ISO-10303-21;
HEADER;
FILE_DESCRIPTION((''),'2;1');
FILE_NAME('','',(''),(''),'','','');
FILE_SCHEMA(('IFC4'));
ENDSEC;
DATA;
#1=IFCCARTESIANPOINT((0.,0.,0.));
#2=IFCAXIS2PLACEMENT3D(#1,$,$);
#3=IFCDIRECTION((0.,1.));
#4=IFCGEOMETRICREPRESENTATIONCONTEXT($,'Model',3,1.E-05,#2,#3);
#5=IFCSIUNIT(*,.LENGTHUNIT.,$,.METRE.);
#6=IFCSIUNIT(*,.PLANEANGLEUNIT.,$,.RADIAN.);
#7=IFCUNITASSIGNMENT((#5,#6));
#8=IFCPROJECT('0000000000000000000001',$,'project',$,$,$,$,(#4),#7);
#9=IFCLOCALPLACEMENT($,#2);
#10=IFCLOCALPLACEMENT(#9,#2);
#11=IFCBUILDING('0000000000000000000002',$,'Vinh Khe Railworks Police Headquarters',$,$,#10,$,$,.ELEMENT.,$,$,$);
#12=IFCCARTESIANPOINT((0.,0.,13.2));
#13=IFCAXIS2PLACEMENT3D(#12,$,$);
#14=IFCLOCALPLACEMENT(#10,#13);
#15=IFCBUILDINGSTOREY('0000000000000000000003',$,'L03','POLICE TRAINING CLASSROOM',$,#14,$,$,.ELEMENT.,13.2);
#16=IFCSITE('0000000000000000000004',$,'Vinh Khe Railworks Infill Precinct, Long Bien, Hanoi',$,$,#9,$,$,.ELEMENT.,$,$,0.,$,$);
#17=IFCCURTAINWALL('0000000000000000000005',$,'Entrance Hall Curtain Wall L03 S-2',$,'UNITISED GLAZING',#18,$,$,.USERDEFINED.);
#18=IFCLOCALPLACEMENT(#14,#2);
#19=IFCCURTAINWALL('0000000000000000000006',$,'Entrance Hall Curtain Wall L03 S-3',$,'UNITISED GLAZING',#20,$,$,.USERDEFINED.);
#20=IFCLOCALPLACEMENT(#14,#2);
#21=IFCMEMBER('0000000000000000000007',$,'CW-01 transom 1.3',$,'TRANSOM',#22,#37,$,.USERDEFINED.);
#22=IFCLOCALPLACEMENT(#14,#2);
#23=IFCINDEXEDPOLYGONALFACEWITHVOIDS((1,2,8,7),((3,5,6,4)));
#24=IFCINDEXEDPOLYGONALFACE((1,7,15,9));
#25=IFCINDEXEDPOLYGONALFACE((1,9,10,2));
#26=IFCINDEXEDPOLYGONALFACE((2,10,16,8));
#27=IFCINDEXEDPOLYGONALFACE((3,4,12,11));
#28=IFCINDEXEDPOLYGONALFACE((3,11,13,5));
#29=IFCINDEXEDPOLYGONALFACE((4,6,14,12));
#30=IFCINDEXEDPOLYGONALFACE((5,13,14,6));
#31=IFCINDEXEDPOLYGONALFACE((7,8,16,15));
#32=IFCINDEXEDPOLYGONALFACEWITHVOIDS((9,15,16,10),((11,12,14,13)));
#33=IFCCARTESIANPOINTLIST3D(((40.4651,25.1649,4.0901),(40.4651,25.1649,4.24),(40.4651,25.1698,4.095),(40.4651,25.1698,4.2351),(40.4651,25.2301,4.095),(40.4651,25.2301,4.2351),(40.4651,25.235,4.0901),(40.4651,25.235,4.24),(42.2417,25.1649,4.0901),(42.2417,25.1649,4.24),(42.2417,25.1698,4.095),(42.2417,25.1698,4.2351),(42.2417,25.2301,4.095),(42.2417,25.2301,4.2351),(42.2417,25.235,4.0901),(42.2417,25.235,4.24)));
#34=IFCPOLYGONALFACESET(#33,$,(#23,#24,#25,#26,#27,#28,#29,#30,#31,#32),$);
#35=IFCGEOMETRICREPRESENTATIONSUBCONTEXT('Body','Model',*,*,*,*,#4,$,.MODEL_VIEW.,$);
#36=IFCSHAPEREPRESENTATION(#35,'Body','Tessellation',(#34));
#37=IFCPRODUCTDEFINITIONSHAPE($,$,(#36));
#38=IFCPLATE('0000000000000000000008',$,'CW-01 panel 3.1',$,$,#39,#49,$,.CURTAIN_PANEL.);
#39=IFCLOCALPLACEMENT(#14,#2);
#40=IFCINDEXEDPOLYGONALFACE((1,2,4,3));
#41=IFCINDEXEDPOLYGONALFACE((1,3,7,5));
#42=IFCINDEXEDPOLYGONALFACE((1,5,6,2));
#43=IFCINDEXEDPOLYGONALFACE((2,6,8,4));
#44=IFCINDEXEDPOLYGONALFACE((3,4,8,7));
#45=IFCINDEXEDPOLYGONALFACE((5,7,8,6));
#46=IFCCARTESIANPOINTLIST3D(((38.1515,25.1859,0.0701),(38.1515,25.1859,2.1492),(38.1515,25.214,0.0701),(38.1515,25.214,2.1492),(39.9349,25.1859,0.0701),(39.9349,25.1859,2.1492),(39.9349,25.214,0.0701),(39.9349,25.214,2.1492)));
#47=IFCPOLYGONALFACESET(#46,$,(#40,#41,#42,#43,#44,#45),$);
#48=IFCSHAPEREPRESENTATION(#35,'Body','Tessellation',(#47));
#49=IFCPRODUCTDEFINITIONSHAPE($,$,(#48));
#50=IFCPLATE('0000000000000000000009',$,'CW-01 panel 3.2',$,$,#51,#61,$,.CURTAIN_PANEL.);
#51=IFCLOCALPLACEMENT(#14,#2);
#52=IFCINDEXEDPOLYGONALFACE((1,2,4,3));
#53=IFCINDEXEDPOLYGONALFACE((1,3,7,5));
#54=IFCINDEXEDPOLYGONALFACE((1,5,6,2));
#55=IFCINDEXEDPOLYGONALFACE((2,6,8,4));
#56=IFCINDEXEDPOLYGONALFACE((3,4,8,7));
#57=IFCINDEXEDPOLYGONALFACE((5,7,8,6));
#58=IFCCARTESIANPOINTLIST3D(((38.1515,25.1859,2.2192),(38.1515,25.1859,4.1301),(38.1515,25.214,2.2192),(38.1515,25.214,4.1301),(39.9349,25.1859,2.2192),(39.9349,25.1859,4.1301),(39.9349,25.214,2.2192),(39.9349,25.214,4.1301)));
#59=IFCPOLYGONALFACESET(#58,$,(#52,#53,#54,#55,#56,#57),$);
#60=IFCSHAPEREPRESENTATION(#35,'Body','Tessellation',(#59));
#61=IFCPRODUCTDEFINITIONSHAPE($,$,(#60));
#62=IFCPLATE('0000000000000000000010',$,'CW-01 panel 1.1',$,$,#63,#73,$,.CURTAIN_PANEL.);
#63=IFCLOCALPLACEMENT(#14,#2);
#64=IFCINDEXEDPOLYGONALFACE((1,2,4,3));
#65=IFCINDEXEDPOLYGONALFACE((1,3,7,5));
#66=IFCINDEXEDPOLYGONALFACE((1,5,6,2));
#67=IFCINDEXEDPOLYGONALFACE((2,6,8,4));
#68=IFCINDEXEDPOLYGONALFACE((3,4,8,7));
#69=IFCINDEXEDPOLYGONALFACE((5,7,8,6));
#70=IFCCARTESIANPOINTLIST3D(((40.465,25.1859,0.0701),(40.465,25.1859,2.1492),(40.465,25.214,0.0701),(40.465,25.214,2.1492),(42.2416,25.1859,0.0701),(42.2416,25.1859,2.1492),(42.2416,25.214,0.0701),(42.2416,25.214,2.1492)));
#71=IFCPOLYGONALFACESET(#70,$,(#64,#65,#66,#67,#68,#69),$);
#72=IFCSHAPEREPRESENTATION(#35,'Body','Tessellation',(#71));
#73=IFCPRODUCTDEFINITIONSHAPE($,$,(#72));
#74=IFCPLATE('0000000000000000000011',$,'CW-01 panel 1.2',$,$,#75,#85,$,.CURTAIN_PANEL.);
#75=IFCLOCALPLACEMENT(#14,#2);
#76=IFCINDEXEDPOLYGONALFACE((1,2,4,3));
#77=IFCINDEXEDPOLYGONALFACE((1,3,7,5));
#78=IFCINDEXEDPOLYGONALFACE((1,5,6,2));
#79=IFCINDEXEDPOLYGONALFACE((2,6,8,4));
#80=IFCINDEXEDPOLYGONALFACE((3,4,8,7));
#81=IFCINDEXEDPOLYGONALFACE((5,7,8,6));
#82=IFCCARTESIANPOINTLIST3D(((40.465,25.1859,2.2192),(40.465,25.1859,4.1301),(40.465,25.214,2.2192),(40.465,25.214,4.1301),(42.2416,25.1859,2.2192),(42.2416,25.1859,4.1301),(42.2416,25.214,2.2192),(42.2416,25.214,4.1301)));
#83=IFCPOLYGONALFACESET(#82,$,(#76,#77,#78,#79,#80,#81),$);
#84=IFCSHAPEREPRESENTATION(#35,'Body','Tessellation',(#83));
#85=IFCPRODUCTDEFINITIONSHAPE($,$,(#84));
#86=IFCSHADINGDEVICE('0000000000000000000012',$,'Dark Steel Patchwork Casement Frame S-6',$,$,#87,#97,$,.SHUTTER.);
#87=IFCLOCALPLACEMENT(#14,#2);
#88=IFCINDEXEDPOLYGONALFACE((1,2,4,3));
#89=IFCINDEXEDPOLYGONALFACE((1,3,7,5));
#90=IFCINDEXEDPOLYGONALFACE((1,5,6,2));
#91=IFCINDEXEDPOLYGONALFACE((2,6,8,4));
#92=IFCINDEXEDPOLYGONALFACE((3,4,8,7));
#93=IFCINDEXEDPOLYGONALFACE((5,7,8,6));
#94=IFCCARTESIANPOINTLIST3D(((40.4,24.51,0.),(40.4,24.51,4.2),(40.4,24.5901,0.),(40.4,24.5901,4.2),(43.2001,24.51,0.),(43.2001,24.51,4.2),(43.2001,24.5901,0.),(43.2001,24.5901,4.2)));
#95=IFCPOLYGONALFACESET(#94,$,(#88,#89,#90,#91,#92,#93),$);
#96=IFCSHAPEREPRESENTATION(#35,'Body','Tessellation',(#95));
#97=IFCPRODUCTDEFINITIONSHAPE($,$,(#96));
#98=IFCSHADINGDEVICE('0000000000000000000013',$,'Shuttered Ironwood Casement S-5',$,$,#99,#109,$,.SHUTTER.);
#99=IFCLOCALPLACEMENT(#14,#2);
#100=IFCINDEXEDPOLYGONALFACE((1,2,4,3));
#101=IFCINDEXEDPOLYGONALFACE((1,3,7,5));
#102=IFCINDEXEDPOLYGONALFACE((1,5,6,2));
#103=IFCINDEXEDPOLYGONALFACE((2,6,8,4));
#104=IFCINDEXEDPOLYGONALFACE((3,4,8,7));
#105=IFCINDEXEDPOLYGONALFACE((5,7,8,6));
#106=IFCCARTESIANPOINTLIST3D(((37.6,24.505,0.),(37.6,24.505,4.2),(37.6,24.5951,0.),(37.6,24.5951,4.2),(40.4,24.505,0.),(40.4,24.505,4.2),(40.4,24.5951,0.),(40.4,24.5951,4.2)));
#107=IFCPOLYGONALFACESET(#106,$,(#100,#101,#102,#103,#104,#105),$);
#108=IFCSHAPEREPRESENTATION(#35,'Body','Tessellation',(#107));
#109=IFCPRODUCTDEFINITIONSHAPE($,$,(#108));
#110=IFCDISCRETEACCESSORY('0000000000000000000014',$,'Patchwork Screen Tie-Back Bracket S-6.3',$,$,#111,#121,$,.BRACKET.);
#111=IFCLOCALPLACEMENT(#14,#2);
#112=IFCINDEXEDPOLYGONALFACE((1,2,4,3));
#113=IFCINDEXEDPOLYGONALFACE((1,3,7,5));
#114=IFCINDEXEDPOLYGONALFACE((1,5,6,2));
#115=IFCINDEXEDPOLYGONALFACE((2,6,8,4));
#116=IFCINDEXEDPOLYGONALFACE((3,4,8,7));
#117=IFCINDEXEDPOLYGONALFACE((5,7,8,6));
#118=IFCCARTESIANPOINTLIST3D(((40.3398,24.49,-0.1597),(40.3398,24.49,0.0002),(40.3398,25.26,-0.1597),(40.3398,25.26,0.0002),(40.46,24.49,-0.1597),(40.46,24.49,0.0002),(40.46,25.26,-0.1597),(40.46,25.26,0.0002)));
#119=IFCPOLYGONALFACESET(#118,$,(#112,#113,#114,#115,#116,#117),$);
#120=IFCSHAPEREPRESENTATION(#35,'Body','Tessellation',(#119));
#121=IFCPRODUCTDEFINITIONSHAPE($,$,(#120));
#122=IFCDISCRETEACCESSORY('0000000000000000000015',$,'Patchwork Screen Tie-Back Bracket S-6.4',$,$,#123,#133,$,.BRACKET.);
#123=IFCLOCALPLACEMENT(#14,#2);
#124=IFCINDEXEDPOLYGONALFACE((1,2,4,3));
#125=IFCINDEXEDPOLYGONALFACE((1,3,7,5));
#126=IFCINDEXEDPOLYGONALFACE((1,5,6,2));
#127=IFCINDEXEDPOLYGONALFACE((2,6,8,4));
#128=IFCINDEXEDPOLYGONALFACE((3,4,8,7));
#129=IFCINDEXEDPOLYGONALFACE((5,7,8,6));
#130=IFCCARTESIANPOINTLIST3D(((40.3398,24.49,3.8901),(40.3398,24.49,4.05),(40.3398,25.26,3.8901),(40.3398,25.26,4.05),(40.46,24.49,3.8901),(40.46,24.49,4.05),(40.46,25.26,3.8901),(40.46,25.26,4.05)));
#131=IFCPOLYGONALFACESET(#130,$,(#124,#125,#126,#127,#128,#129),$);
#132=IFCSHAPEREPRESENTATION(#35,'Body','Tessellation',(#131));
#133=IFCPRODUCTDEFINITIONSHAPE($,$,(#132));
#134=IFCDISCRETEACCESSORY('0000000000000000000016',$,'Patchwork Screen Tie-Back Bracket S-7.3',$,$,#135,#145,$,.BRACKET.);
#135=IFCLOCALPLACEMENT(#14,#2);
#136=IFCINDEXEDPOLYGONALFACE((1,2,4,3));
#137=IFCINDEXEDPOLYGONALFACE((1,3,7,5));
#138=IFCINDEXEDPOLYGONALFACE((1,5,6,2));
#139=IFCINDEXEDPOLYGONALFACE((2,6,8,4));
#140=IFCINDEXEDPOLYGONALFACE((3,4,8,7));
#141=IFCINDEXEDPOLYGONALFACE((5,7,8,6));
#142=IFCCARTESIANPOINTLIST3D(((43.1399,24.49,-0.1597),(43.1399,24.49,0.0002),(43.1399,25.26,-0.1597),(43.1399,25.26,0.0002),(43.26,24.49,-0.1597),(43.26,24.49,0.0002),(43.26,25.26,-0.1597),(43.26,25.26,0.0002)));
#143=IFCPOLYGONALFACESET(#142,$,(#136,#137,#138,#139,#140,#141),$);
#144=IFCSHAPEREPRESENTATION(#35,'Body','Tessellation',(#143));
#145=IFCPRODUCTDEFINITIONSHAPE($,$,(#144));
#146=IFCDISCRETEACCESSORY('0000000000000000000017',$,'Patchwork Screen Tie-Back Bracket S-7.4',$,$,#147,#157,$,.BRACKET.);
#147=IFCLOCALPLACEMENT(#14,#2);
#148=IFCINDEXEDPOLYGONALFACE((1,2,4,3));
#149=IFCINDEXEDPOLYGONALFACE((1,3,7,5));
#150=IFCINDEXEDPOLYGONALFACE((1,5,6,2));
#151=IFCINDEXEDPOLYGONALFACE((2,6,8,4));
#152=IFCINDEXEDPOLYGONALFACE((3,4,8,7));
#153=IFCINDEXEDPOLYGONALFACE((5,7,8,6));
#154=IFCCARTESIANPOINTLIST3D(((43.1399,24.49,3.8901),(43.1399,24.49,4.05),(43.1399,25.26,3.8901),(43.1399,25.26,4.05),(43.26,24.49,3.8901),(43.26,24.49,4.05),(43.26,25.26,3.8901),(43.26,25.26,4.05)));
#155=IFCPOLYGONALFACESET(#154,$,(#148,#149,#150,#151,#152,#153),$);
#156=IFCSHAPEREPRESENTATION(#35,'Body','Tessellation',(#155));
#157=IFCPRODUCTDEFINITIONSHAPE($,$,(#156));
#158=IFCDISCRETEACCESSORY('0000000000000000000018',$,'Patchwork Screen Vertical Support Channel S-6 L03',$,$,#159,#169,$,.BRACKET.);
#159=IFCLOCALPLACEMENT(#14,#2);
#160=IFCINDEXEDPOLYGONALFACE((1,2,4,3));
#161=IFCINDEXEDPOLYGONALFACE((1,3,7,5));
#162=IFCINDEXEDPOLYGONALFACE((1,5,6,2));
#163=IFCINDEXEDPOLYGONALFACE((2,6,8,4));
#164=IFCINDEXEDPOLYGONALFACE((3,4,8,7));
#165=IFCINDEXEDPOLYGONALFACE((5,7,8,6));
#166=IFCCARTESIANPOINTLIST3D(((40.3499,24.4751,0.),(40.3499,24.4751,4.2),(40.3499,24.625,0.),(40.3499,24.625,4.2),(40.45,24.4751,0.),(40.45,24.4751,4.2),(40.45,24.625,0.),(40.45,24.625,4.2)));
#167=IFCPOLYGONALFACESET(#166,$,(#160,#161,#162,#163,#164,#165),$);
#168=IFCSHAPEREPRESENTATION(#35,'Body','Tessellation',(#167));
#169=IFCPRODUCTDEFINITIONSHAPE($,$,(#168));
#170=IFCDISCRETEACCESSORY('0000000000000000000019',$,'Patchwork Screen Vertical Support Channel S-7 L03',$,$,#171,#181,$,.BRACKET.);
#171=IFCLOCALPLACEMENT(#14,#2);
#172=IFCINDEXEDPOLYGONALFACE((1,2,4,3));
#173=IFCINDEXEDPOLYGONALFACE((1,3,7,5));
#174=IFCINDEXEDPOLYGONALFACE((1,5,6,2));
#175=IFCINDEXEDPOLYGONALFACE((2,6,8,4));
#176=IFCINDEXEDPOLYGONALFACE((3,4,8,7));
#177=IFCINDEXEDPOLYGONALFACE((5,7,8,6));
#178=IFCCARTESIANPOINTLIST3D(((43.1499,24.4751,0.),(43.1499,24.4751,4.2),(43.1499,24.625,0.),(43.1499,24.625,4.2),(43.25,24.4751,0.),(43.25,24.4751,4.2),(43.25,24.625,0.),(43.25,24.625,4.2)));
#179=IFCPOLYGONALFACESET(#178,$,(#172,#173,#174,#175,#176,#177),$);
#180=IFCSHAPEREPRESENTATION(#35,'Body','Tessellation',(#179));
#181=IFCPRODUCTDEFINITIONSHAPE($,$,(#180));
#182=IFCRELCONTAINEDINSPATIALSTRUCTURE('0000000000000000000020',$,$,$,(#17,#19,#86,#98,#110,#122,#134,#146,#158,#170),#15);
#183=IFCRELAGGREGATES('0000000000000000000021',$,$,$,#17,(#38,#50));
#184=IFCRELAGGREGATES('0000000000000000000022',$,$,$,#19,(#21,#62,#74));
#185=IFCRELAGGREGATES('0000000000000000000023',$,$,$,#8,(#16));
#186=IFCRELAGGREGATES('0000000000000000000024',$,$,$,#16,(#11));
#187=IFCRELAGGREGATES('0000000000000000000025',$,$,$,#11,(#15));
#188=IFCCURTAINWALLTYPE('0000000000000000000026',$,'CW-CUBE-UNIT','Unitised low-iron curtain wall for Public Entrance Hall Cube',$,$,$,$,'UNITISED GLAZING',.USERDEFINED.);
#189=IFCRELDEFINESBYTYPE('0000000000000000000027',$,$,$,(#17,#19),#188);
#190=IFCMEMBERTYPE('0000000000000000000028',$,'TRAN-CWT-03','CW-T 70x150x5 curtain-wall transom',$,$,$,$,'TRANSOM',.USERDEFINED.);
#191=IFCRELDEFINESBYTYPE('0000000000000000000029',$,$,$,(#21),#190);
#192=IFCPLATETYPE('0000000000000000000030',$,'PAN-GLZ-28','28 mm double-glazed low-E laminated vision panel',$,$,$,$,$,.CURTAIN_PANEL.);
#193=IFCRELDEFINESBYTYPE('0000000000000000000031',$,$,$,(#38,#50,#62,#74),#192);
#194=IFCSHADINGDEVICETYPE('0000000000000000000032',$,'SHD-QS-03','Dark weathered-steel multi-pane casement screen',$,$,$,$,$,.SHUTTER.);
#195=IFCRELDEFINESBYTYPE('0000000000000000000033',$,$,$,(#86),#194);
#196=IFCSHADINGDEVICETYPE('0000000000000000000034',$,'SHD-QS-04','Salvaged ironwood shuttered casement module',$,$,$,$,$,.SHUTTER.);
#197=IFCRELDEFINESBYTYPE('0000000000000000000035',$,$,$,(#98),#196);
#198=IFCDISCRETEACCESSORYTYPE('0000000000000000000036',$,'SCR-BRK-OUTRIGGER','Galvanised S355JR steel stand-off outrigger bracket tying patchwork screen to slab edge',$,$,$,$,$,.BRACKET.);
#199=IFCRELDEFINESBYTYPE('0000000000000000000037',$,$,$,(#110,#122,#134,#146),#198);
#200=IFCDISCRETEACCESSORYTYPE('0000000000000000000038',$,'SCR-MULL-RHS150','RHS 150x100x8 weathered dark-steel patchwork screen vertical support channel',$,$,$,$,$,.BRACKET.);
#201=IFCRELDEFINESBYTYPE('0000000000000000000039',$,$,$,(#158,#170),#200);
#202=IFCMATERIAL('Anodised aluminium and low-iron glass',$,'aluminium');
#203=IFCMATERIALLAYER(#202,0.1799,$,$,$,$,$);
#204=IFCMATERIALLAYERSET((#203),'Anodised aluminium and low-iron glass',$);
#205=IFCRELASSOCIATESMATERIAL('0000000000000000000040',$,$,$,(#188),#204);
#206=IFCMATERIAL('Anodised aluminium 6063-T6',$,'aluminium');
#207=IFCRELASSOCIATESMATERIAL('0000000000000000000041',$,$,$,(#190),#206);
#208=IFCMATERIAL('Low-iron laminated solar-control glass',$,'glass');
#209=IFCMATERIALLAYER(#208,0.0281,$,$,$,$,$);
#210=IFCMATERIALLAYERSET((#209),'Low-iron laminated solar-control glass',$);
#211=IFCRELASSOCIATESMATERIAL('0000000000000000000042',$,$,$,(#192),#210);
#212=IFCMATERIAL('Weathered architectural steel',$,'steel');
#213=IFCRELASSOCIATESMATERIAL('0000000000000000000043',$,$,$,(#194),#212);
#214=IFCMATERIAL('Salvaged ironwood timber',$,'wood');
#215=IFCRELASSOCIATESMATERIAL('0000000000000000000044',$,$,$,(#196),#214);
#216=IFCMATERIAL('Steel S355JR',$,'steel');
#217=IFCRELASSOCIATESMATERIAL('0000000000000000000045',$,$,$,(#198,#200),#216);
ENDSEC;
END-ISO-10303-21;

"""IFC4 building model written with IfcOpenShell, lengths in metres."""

from ifc_helpers import new_model, si_unit, direction, frame, origin, origin_2d, place, context, subcontext, project, spatial, rectangle, hollow_rectangle, extrude, material, layer, layer_set, material_profile, profile_set, type_object, element, aggregate, save


model = new_model("IFC4")

# Units and contexts
model_context = context("Model", 3, precision=1e-05, world=origin(), true_north=direction((0.0, 1.0)))
body_context = subcontext(model_context, "Body", "Model", "MODEL_VIEW")
ifc_project = project(units=[si_unit("LENGTHUNIT", "METRE"), si_unit("PLANEANGLEUNIT", "RADIAN")], contexts=[model_context])

# Site, building, storey
site_placement = place(None, origin())
site = spatial("IfcSite", under=ifc_project, at=site_placement, Name="Vinh Khe Railworks Infill Precinct, Long Bien, Hanoi", CompositionType="ELEMENT", RefElevation=0.0)
building_placement = place(site_placement, origin())
building = spatial("IfcBuilding", under=site, at=building_placement, Name="Vinh Khe Railworks Police Headquarters", CompositionType="ELEMENT")
storey_placement = place(building_placement, frame((0.0, 0.0, 13.2)))
storey = spatial("IfcBuildingStorey", under=building, at=storey_placement, Name="L03", Description="POLICE TRAINING CLASSROOM", CompositionType="ELEMENT", Elevation=13.2)

# Shared definitions
ifc_material_1 = material(Name="Steel S355JR", Category="steel")

# Shared definitions
ifc_material_2 = material(Name="Salvaged ironwood timber", Category="wood")

# Curtain walls
ifc_material_3 = material(Name="Anodised aluminium and low-iron glass", Category="aluminium")
ifc_layer_1 = layer(ifc_material_3, 0.1799)
ifc_layer_set_1 = layer_set([ifc_layer_1], Name="Anodised aluminium and low-iron glass")
curtain_wall_type = type_object("IfcCurtainWallType", Name="CW-CUBE-UNIT", Description="Unitised low-iron curtain wall for Public Entrance Hall Cube", ElementType="UNITISED GLAZING", PredefinedType="USERDEFINED", material=ifc_layer_set_1)
curtain_wall_1_placement = place(storey_placement, origin())
curtain_wall_1 = element("IfcCurtainWall", 1, at=curtain_wall_1_placement, inside=storey, type_object=curtain_wall_type, Name="Entrance Hall Curtain Wall L03 S-2", ObjectType="UNITISED GLAZING", PredefinedType="USERDEFINED")
ifc_material_4 = material(Name="Anodised aluminium 6063-T6", Category="aluminium")
curtain_wall_2_placement = place(storey_placement, origin())
curtain_wall_2 = element("IfcCurtainWall", 2, at=curtain_wall_2_placement, inside=storey, type_object=curtain_wall_type, Name="Entrance Hall Curtain Wall L03 S-3", ObjectType="UNITISED GLAZING", PredefinedType="USERDEFINED")

# Member
ifc_material_profile_1 = material_profile(ifc_material_4, hollow_rectangle(XDim=0.0701, YDim=0.1499, WallThickness=0.0049, at=origin_2d()), Name="CW-T 70x150x5")
ifc_profile_set_1 = profile_set([ifc_material_profile_1], Name="Anodised aluminium 6063-T6")
member_type_1 = type_object("IfcMemberType", Name="TRAN-CWT-03", Description="CW-T 70x150x5 curtain-wall transom", ElementType="TRANSOM", PredefinedType="USERDEFINED", material=ifc_profile_set_1)
member_1_placement = place(storey_placement, frame((40.4651, 25.2, 4.165), z_axis=(1.0, 0.0, 0.0), x_axis=(0.0, 1.0, 0.0)))
member_1 = element("IfcMember", 3, at=member_1_placement, type_object=member_type_1, Name="CW-01 transom 1.3", ObjectType="TRANSOM", PredefinedType="USERDEFINED", context=body_context, shape_type="SweptSolid", body=[
    extrude(hollow_rectangle(XDim=0.0701, YDim=0.1499, WallThickness=0.0049, at=origin_2d()), origin(), (0.0, 0.0, 1.0), 1.7766),
])

# Plates
ifc_material_5 = material(Name="Low-iron laminated solar-control glass", Category="glass")
ifc_layer_2 = layer(ifc_material_5, 0.0281)
ifc_layer_set_2 = layer_set([ifc_layer_2], Name="Low-iron laminated solar-control glass")
plate_type = type_object("IfcPlateType", Name="PAN-GLZ-28", Description="28 mm double-glazed low-E laminated vision panel", PredefinedType="CURTAIN_PANEL", material=ifc_layer_set_2)
plate_1_placement = place(storey_placement, frame((39.0432, 25.2, 0.0701), z_axis=(0.0, 0.0, 1.0), x_axis=(1.0, 0.0, 0.0)))
plate_1 = element("IfcPlate", 4, at=plate_1_placement, type_object=plate_type, Name="CW-01 panel 3.1", PredefinedType="CURTAIN_PANEL", context=body_context, shape_type="SweptSolid", body=[
    extrude(rectangle(XDim=1.7834, YDim=0.0281, at=origin_2d()), origin(), (0.0, 0.0, 1.0), 2.0791),
])
plate_2_placement = place(storey_placement, frame((39.0432, 25.2, 2.2192), z_axis=(0.0, 0.0, 1.0), x_axis=(1.0, 0.0, 0.0)))
plate_2 = element("IfcPlate", 5, at=plate_2_placement, type_object=plate_type, Name="CW-01 panel 3.2", PredefinedType="CURTAIN_PANEL", context=body_context, shape_type="SweptSolid", body=[
    extrude(rectangle(XDim=1.7834, YDim=0.0281, at=origin_2d()), origin(), (0.0, 0.0, 1.0), 1.9109),
])
aggregate(curtain_wall_1, [plate_1, plate_2])
plate_3_placement = place(storey_placement, frame((41.3533, 25.2, 0.0701), z_axis=(0.0, 0.0, 1.0), x_axis=(1.0, 0.0, 0.0)))
plate_3 = element("IfcPlate", 6, at=plate_3_placement, type_object=plate_type, Name="CW-01 panel 1.1", PredefinedType="CURTAIN_PANEL", context=body_context, shape_type="SweptSolid", body=[
    extrude(rectangle(XDim=1.7766, YDim=0.0281, at=origin_2d()), origin(), (0.0, 0.0, 1.0), 2.0791),
])
plate_4_placement = place(storey_placement, frame((41.3533, 25.2, 2.2192), z_axis=(0.0, 0.0, 1.0), x_axis=(1.0, 0.0, 0.0)))
plate_4 = element("IfcPlate", 7, at=plate_4_placement, type_object=plate_type, Name="CW-01 panel 1.2", PredefinedType="CURTAIN_PANEL", context=body_context, shape_type="SweptSolid", body=[
    extrude(rectangle(XDim=1.7766, YDim=0.0281, at=origin_2d()), origin(), (0.0, 0.0, 1.0), 1.9109),
])
aggregate(curtain_wall_2, [member_1, plate_3, plate_4])

# Shading devices
ifc_material_6 = material(Name="Weathered architectural steel", Category="steel")
shading_device_type_1 = type_object("IfcShadingDeviceType", Name="SHD-QS-03", Description="Dark weathered-steel multi-pane casement screen", PredefinedType="SHUTTER", material=ifc_material_6)
shading_device_1_placement = place(storey_placement, frame((41.8, 24.55, 0.0), z_axis=(0.0, 0.0, 1.0), x_axis=(1.0, 0.0, 0.0)))
element("IfcShadingDevice", 8, at=shading_device_1_placement, inside=storey, type_object=shading_device_type_1, Name="Dark Steel Patchwork Casement Frame S-6", PredefinedType="SHUTTER", context=body_context, shape_type="SweptSolid", body=[
    extrude(rectangle(XDim=2.8, YDim=0.0801, at=origin_2d()), origin(), (0.0, 0.0, 1.0), 4.2),
])
shading_device_type_2 = type_object("IfcShadingDeviceType", Name="SHD-QS-04", Description="Salvaged ironwood shuttered casement module", PredefinedType="SHUTTER", material=ifc_material_2)
shading_device_2_placement = place(storey_placement, frame((39.0, 24.55, 0.0), z_axis=(0.0, 0.0, 1.0), x_axis=(1.0, 0.0, 0.0)))
element("IfcShadingDevice", 9, at=shading_device_2_placement, inside=storey, type_object=shading_device_type_2, Name="Shuttered Ironwood Casement S-5", PredefinedType="SHUTTER", context=body_context, shape_type="SweptSolid", body=[
    extrude(rectangle(XDim=2.8, YDim=0.0901, at=origin_2d()), origin(), (0.0, 0.0, 1.0), 4.2),
])

# Discrete accessories
discrete_accessory_type_1 = type_object("IfcDiscreteAccessoryType", Name="SCR-BRK-OUTRIGGER", Description="Galvanised S355JR steel stand-off outrigger bracket tying patchwork screen to slab edge", PredefinedType="BRACKET", material=ifc_material_1)
for number, where, z_axis, x_axis, name in (
    (10, (40.3999, 24.875, -0.1597), (0.0, 0.0, 1.0), (1.0, 0.0, 0.0), "Patchwork Screen Tie-Back Bracket S-6.3"),
    (11, (40.3999, 24.875, 3.8901), (0.0, 0.0, 1.0), (1.0, 0.0, 0.0), "Patchwork Screen Tie-Back Bracket S-6.4"),
    (12, (43.2, 24.875, -0.1597), (0.0, 0.0, 1.0), (1.0, 0.0, 0.0), "Patchwork Screen Tie-Back Bracket S-7.3"),
    (13, (43.2, 24.875, 3.8901), (0.0, 0.0, 1.0), (1.0, 0.0, 0.0), "Patchwork Screen Tie-Back Bracket S-7.4"),
):
    element("IfcDiscreteAccessory", number, at=place(storey_placement, frame(where, z_axis=z_axis, x_axis=x_axis)), inside=storey, type_object=discrete_accessory_type_1, Name=name, PredefinedType="BRACKET", context=body_context, shape_type="SweptSolid", body=[
        extrude(rectangle(XDim=0.1201, YDim=0.77, at=origin_2d()), origin(), (0.0, 0.0, 1.0), 0.1599),
    ])
discrete_accessory_type_2 = type_object("IfcDiscreteAccessoryType", Name="SCR-MULL-RHS150", Description="RHS 150x100x8 weathered dark-steel patchwork screen vertical support channel", PredefinedType="BRACKET", material=ifc_material_1)
for number, where, z_axis, x_axis, name in (
    (14, (40.3999, 24.55, 0.0), (0.0, 0.0, 1.0), (1.0, 0.0, 0.0), "Patchwork Screen Vertical Support Channel S-6 L03"),
    (15, (43.2, 24.55, 0.0), (0.0, 0.0, 1.0), (1.0, 0.0, 0.0), "Patchwork Screen Vertical Support Channel S-7 L03"),
):
    element("IfcDiscreteAccessory", number, at=place(storey_placement, frame(where, z_axis=z_axis, x_axis=x_axis)), inside=storey, type_object=discrete_accessory_type_2, Name=name, PredefinedType="BRACKET", context=body_context, shape_type="SweptSolid", body=[
        extrude(rectangle(XDim=0.1001, YDim=0.1499, at=origin_2d()), origin(), (0.0, 0.0, 1.0), 4.2),
    ])

save(model, "model.ifc")
